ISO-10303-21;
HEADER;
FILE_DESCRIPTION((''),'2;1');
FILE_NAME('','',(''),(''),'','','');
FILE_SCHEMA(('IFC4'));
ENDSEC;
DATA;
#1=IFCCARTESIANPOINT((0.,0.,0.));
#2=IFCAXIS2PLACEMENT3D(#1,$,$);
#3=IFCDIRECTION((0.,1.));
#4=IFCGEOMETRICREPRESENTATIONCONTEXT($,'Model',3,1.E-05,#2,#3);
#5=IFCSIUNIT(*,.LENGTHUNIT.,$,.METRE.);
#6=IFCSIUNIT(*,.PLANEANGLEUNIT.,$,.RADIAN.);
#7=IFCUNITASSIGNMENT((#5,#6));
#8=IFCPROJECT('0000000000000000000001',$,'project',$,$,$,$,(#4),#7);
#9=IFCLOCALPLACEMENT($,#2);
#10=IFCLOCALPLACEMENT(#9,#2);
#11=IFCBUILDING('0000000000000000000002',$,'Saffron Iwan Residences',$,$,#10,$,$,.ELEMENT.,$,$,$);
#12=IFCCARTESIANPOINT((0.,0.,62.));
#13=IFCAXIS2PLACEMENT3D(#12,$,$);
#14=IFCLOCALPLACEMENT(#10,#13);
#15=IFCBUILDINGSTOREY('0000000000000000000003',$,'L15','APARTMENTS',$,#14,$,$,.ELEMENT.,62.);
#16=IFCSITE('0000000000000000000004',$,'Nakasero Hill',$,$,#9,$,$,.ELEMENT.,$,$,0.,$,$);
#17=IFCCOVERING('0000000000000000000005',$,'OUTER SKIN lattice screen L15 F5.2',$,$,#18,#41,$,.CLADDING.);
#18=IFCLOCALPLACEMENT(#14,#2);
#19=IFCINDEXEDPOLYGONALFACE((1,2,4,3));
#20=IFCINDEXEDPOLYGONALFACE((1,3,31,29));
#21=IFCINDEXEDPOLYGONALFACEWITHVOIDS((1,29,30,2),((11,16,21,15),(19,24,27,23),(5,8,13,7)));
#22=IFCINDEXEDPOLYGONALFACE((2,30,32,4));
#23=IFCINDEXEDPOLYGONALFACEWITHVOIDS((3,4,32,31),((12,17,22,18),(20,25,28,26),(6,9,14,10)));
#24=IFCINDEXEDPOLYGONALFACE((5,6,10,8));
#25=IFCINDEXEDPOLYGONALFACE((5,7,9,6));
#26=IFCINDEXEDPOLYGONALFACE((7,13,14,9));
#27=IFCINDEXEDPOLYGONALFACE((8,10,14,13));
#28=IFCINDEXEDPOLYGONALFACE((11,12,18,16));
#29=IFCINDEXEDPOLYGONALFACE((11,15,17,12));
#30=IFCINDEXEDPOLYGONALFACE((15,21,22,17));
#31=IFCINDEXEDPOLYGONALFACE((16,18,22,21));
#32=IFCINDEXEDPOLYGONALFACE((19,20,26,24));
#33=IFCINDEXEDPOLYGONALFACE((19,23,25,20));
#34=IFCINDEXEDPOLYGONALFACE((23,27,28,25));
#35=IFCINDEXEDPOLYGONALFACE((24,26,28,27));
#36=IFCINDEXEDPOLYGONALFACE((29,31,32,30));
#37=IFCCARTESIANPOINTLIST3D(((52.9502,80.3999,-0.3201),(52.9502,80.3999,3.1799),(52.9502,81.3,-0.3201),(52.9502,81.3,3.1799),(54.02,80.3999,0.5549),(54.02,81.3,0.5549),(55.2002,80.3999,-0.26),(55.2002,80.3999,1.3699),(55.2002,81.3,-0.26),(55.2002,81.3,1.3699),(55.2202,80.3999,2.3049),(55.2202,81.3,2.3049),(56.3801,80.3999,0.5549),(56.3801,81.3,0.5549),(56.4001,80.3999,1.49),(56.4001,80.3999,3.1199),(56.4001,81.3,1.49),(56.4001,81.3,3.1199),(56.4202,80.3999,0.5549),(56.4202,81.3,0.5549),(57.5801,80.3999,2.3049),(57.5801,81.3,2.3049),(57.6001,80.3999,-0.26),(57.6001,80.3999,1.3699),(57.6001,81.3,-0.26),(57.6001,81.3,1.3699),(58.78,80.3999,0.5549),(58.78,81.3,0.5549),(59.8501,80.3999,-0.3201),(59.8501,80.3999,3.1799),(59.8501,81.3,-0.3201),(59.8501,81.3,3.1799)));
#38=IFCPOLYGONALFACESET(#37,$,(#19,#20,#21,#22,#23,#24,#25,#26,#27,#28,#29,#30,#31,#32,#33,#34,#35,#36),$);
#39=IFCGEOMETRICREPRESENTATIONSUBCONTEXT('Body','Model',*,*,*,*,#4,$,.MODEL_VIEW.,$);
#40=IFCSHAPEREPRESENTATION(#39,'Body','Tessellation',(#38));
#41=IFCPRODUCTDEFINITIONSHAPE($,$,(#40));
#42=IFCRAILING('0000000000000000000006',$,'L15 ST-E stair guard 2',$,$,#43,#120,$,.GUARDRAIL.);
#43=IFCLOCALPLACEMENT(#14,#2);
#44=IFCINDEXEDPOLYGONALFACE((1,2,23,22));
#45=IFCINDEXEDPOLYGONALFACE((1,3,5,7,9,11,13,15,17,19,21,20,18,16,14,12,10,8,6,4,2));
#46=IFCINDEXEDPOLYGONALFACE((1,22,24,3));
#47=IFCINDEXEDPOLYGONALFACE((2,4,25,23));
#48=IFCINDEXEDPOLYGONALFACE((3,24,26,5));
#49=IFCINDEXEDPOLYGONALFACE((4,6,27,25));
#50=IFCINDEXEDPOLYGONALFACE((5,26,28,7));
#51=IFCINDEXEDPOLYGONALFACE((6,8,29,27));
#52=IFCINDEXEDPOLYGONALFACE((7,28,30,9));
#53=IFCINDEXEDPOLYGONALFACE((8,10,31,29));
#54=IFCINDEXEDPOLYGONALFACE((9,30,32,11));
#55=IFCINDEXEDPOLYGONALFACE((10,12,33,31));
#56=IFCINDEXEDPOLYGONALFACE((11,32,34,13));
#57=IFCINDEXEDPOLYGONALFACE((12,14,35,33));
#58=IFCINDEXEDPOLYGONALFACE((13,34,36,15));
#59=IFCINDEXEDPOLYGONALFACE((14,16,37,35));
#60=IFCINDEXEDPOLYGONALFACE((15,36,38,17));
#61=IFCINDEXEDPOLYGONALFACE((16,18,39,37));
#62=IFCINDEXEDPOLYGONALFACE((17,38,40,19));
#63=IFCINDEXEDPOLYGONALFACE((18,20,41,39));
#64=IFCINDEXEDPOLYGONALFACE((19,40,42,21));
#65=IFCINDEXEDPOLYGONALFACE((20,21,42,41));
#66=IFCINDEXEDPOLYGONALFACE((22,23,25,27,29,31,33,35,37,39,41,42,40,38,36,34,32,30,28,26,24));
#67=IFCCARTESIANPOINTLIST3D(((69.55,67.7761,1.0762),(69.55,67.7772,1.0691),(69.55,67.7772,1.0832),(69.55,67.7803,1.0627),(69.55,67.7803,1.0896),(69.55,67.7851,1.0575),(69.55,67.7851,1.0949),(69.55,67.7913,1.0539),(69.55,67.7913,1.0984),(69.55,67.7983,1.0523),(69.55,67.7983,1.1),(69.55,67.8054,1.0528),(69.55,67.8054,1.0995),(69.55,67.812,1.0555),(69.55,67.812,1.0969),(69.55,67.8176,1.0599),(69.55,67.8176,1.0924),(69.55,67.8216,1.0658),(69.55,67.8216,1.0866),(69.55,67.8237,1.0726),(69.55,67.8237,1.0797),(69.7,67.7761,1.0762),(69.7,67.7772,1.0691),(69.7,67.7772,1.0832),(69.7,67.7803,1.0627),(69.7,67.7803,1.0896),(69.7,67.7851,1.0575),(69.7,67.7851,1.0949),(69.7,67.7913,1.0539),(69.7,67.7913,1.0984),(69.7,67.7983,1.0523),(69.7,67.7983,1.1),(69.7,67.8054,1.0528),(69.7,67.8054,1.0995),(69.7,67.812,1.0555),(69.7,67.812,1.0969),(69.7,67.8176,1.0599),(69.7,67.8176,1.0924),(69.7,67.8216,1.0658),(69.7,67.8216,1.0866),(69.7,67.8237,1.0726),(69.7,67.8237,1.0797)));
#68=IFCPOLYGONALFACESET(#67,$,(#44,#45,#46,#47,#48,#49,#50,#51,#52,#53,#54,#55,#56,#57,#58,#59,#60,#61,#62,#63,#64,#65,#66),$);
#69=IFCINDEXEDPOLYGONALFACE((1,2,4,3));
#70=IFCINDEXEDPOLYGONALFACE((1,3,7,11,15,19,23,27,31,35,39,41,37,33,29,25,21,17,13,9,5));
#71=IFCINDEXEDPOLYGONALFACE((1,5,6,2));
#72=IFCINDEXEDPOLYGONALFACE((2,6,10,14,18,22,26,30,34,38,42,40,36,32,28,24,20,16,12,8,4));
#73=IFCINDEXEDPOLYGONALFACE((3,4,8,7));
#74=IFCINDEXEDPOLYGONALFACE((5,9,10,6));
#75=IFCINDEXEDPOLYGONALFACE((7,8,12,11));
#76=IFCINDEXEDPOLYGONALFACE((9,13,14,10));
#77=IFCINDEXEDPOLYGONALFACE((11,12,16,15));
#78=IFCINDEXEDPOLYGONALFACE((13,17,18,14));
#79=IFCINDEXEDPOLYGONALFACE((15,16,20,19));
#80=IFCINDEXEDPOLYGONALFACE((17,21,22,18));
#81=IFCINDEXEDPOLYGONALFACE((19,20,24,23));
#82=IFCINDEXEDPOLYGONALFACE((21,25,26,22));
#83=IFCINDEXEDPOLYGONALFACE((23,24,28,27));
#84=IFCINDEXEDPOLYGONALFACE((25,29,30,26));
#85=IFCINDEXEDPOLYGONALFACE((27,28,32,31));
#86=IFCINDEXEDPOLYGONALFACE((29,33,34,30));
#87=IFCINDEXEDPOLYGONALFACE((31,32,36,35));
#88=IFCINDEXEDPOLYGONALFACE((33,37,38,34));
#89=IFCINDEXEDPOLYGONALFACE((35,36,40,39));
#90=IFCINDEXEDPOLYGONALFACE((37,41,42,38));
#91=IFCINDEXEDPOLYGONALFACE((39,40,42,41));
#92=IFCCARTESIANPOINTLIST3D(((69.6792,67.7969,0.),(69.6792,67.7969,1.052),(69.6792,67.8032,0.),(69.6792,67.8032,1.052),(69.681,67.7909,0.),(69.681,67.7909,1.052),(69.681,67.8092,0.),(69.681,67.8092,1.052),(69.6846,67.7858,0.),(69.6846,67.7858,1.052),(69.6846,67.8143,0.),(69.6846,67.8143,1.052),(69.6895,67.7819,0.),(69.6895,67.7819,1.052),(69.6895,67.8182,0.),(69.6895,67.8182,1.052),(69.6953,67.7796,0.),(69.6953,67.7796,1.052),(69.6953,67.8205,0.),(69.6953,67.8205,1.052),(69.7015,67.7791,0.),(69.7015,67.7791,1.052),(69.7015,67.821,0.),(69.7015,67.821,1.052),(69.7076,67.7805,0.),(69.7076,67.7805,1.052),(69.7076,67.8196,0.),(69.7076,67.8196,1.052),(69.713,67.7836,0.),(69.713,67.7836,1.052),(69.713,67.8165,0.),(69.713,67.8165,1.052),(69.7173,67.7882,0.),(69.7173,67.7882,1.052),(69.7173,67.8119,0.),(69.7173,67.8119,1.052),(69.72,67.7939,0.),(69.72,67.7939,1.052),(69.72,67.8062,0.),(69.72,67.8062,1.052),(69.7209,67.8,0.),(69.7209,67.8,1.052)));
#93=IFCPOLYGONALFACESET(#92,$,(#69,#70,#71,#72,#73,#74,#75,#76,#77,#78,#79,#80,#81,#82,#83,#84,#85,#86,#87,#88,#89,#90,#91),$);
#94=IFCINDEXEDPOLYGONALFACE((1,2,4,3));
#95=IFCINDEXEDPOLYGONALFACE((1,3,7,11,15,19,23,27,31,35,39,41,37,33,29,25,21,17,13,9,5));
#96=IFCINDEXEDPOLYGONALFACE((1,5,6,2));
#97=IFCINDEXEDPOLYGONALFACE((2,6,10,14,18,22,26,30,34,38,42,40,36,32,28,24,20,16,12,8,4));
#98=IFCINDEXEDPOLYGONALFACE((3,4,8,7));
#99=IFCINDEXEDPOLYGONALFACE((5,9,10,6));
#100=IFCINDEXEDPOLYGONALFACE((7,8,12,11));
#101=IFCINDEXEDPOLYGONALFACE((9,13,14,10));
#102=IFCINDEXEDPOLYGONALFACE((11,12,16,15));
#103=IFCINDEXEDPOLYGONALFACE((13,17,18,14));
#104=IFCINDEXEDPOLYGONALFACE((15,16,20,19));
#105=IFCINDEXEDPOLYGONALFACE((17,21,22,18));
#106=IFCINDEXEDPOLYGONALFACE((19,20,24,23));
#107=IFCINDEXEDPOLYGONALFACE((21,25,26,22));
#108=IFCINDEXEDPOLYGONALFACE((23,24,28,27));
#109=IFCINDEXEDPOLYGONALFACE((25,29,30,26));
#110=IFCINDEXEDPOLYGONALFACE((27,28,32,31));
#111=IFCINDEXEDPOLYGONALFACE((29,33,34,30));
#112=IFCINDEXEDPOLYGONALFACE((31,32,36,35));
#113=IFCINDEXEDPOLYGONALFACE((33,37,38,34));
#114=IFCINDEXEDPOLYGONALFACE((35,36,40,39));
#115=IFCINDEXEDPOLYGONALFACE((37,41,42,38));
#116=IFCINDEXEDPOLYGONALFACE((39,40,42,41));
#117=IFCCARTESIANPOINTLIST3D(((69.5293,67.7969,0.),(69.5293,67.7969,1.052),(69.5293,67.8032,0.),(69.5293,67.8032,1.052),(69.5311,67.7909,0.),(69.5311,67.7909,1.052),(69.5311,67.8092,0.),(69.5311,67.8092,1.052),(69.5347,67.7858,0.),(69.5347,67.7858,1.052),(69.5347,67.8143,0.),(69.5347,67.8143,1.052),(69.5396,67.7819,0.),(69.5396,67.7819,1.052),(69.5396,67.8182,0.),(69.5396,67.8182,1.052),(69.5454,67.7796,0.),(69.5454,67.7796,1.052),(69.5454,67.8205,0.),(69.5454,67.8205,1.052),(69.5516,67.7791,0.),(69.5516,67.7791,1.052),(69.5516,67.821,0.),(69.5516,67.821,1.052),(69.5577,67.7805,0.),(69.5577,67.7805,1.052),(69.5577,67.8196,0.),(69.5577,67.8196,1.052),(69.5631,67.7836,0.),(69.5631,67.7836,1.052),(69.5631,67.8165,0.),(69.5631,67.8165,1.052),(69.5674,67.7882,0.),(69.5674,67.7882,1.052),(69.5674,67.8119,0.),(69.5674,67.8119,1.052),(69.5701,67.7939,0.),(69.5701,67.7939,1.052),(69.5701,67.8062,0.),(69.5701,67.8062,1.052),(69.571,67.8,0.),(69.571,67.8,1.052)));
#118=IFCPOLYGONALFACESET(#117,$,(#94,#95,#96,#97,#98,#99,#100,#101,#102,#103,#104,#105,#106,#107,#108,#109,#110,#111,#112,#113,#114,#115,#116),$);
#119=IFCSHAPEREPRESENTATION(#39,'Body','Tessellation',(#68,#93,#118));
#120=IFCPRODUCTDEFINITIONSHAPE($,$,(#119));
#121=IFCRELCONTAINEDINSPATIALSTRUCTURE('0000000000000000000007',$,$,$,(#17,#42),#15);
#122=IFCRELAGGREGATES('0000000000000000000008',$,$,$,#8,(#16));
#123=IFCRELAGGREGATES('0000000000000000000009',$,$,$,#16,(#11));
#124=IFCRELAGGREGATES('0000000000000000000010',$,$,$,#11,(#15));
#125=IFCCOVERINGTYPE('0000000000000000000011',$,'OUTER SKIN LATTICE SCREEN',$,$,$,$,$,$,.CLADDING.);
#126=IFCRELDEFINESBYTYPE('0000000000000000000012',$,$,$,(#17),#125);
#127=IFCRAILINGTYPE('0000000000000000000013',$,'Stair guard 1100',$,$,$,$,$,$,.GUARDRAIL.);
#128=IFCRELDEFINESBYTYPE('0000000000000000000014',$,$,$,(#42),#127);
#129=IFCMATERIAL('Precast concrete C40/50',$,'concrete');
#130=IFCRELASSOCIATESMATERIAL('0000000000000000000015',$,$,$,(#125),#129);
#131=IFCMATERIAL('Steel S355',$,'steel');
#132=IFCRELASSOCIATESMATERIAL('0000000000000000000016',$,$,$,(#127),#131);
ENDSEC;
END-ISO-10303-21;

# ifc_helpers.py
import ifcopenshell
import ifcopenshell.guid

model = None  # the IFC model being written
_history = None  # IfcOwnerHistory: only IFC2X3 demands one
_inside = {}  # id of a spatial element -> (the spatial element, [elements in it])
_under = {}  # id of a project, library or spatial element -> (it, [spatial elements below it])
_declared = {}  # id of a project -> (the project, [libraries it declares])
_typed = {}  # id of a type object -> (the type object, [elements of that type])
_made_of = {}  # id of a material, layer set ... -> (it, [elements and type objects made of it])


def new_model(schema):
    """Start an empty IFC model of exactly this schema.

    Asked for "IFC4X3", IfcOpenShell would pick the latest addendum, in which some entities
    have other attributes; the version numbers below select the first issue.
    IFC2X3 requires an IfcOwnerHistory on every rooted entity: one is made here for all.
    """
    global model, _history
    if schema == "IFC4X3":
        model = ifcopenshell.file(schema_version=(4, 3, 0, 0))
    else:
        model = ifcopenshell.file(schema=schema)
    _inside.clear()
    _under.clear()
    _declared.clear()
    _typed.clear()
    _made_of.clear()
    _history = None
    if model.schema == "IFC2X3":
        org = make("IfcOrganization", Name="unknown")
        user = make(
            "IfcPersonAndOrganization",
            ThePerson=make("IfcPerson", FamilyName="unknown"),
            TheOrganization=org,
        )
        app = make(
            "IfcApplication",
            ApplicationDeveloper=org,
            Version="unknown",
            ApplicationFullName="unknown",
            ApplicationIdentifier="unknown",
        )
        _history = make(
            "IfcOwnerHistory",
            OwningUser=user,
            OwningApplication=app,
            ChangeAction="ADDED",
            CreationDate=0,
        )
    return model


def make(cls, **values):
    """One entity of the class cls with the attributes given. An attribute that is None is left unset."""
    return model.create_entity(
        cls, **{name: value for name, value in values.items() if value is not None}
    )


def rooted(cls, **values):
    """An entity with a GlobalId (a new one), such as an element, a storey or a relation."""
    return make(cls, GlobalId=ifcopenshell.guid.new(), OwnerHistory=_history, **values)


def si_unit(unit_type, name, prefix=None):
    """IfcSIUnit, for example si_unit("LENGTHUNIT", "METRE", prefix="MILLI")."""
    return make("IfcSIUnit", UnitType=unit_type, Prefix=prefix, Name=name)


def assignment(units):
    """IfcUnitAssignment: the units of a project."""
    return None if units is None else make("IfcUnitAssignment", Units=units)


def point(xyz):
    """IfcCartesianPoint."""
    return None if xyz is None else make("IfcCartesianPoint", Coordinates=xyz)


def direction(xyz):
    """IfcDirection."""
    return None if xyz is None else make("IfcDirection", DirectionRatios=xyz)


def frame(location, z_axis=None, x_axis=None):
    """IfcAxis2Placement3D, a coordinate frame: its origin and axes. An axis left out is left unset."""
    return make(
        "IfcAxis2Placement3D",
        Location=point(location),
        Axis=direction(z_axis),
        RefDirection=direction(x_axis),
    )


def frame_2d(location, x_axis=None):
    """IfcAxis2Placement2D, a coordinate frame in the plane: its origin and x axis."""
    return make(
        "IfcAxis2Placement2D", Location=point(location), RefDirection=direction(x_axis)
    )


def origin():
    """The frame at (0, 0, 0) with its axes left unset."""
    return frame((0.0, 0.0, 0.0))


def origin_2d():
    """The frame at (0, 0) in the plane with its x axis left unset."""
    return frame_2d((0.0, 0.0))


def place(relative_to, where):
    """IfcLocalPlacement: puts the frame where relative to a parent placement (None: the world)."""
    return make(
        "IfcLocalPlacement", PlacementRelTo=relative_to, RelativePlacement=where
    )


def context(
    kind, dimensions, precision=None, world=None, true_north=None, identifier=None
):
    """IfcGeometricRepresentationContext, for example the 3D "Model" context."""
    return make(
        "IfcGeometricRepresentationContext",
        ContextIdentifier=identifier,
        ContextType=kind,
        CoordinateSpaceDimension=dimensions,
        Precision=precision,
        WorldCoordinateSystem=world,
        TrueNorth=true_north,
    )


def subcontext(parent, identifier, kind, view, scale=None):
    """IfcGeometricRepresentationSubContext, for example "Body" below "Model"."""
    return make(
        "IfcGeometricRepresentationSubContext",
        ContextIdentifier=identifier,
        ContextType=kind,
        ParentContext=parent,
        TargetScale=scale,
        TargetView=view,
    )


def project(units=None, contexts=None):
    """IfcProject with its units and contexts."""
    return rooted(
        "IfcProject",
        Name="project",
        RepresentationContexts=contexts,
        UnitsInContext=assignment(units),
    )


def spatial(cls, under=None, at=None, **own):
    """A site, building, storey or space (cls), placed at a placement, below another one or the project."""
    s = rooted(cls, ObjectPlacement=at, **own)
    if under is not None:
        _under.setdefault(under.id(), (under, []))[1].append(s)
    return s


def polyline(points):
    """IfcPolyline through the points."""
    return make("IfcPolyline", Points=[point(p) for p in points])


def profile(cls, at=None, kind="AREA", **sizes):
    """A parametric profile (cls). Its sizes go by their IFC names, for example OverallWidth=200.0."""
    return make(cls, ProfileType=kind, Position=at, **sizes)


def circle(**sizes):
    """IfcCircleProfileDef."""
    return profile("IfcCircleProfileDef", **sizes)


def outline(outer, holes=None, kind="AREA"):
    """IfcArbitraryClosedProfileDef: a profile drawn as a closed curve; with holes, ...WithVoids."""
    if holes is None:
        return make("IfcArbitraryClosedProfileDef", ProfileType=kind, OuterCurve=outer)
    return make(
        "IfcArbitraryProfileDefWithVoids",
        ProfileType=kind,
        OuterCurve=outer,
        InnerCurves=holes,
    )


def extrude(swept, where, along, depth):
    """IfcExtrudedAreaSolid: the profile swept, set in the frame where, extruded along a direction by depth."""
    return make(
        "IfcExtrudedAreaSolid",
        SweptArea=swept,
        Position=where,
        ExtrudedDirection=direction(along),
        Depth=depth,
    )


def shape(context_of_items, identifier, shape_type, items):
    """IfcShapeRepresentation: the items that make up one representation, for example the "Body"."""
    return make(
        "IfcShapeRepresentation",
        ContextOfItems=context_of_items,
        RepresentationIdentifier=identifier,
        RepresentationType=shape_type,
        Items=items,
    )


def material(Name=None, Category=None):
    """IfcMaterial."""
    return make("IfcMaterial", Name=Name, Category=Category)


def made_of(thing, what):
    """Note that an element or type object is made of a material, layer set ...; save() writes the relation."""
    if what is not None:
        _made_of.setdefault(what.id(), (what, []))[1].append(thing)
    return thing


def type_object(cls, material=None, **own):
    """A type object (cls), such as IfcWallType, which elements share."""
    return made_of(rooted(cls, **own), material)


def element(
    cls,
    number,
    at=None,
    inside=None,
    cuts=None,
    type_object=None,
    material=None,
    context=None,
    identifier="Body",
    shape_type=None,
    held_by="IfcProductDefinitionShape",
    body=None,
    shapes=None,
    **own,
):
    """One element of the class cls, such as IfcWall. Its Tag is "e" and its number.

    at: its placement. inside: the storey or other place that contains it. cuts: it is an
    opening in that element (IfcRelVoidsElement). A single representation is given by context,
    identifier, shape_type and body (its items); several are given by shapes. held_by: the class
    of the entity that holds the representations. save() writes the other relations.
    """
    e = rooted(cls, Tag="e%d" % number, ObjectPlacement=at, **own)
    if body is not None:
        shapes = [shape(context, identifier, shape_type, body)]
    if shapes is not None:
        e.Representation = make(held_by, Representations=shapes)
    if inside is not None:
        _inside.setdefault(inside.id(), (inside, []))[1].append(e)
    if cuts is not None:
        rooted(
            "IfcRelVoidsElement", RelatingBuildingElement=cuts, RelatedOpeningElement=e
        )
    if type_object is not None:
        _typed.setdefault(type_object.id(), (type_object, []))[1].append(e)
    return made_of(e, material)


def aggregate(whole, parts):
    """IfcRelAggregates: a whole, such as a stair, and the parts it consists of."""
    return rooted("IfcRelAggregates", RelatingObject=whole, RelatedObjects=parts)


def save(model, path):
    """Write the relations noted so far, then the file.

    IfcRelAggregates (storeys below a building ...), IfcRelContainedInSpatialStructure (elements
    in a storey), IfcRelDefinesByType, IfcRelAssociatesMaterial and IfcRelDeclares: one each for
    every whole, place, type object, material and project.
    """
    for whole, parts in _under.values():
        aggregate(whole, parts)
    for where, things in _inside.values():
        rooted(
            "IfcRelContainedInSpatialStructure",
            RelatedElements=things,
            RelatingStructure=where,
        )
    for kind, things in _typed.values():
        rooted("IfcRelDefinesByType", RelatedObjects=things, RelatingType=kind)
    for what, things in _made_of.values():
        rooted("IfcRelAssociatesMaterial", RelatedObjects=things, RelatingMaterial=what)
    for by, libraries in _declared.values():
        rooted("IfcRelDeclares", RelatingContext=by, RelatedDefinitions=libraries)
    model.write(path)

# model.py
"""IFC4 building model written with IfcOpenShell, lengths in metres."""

from ifc_helpers import new_model, si_unit, direction, frame, origin, origin_2d, place, context, subcontext, project, spatial, polyline, circle, outline, extrude, material, type_object, element, save


model = new_model("IFC4")

# Units and contexts
model_context = context("Model", 3, precision=1e-05, world=origin(), true_north=direction((0.0, 1.0)))
body_context = subcontext(model_context, "Body", "Model", "MODEL_VIEW")
ifc_project = project(units=[si_unit("LENGTHUNIT", "METRE"), si_unit("PLANEANGLEUNIT", "RADIAN")], contexts=[model_context])

# Site, building, storey
site_placement = place(None, origin())
site = spatial("IfcSite", under=ifc_project, at=site_placement, Name="Nakasero Hill", CompositionType="ELEMENT", RefElevation=0.0)
building_placement = place(site_placement, origin())
building = spatial("IfcBuilding", under=site, at=building_placement, Name="Saffron Iwan Residences", CompositionType="ELEMENT")
storey_placement = place(building_placement, frame((0.0, 0.0, 62.0)))
storey = spatial("IfcBuildingStorey", under=building, at=storey_placement, Name="L15", Description="APARTMENTS", CompositionType="ELEMENT", Elevation=62.0)

# Covering
ifc_material_1 = material(Name="Precast concrete C40/50", Category="concrete")
covering_type_1 = type_object("IfcCoveringType", Name="OUTER SKIN LATTICE SCREEN", PredefinedType="CLADDING", material=ifc_material_1)
covering_placement = place(storey_placement, frame((59.8501, 80.3999, -0.3201), z_axis=(0.0, 1.0, 0.0), x_axis=(-1.0, 0.0, 0.0)))
element("IfcCovering", 1, at=covering_placement, inside=storey, type_object=covering_type_1, Name="OUTER SKIN lattice screen L15 F5.2", PredefinedType="CLADDING", context=body_context, shape_type="SweptSolid", body=[
    extrude(outline(polyline([(0.0, 0.0), (6.8999, 0.0), (6.8999, 3.5), (0.0, 3.5), (0.0, 0.0)]), holes=[polyline([(1.0701, 0.875), (2.25, 0.0601), (3.4299, 0.875), (2.25, 1.6899), (1.0701, 0.875)]), polyline([(3.47, 0.875), (4.6499, 0.0601), (5.8301, 0.875), (4.6499, 1.6899), (3.47, 0.875)]), polyline([(2.27, 2.625), (3.45, 1.8101), (4.6299, 2.625), (3.45, 3.4399), (2.27, 2.625)])]), origin(), (0.0, 0.0, 1.0), 0.9001),
])

# Railing
ifc_material_2 = material(Name="Steel S355", Category="steel")
railing_type_1 = type_object("IfcRailingType", Name="Stair guard 1100", PredefinedType="GUARDRAIL", material=ifc_material_2)
railing_1_placement = place(storey_placement, frame((69.7, 67.8, 0.0)))
element("IfcRailing", 2, at=railing_1_placement, inside=storey, type_object=railing_type_1, Name="L15 ST-E stair guard 2", PredefinedType="GUARDRAIL", context=body_context, shape_type="SweptSolid", body=[
    extrude(circle(Radius=0.0239, at=origin_2d()), frame((0.0, 0.0, 1.0762), z_axis=(-1.0, 0.0, 0.0), x_axis=(0.0, -1.0, 0.0)), (0.0, 0.0, 1.0), 0.1499),
    extrude(circle(Radius=0.021, at=origin_2d()), origin(), (0.0, 0.0, 1.0), 1.052),
    extrude(circle(Radius=0.021, at=origin_2d()), frame((-0.1499, 0.0, 0.0)), (0.0, 0.0, 1.0), 1.052),
])

save(model, "model.ifc")
